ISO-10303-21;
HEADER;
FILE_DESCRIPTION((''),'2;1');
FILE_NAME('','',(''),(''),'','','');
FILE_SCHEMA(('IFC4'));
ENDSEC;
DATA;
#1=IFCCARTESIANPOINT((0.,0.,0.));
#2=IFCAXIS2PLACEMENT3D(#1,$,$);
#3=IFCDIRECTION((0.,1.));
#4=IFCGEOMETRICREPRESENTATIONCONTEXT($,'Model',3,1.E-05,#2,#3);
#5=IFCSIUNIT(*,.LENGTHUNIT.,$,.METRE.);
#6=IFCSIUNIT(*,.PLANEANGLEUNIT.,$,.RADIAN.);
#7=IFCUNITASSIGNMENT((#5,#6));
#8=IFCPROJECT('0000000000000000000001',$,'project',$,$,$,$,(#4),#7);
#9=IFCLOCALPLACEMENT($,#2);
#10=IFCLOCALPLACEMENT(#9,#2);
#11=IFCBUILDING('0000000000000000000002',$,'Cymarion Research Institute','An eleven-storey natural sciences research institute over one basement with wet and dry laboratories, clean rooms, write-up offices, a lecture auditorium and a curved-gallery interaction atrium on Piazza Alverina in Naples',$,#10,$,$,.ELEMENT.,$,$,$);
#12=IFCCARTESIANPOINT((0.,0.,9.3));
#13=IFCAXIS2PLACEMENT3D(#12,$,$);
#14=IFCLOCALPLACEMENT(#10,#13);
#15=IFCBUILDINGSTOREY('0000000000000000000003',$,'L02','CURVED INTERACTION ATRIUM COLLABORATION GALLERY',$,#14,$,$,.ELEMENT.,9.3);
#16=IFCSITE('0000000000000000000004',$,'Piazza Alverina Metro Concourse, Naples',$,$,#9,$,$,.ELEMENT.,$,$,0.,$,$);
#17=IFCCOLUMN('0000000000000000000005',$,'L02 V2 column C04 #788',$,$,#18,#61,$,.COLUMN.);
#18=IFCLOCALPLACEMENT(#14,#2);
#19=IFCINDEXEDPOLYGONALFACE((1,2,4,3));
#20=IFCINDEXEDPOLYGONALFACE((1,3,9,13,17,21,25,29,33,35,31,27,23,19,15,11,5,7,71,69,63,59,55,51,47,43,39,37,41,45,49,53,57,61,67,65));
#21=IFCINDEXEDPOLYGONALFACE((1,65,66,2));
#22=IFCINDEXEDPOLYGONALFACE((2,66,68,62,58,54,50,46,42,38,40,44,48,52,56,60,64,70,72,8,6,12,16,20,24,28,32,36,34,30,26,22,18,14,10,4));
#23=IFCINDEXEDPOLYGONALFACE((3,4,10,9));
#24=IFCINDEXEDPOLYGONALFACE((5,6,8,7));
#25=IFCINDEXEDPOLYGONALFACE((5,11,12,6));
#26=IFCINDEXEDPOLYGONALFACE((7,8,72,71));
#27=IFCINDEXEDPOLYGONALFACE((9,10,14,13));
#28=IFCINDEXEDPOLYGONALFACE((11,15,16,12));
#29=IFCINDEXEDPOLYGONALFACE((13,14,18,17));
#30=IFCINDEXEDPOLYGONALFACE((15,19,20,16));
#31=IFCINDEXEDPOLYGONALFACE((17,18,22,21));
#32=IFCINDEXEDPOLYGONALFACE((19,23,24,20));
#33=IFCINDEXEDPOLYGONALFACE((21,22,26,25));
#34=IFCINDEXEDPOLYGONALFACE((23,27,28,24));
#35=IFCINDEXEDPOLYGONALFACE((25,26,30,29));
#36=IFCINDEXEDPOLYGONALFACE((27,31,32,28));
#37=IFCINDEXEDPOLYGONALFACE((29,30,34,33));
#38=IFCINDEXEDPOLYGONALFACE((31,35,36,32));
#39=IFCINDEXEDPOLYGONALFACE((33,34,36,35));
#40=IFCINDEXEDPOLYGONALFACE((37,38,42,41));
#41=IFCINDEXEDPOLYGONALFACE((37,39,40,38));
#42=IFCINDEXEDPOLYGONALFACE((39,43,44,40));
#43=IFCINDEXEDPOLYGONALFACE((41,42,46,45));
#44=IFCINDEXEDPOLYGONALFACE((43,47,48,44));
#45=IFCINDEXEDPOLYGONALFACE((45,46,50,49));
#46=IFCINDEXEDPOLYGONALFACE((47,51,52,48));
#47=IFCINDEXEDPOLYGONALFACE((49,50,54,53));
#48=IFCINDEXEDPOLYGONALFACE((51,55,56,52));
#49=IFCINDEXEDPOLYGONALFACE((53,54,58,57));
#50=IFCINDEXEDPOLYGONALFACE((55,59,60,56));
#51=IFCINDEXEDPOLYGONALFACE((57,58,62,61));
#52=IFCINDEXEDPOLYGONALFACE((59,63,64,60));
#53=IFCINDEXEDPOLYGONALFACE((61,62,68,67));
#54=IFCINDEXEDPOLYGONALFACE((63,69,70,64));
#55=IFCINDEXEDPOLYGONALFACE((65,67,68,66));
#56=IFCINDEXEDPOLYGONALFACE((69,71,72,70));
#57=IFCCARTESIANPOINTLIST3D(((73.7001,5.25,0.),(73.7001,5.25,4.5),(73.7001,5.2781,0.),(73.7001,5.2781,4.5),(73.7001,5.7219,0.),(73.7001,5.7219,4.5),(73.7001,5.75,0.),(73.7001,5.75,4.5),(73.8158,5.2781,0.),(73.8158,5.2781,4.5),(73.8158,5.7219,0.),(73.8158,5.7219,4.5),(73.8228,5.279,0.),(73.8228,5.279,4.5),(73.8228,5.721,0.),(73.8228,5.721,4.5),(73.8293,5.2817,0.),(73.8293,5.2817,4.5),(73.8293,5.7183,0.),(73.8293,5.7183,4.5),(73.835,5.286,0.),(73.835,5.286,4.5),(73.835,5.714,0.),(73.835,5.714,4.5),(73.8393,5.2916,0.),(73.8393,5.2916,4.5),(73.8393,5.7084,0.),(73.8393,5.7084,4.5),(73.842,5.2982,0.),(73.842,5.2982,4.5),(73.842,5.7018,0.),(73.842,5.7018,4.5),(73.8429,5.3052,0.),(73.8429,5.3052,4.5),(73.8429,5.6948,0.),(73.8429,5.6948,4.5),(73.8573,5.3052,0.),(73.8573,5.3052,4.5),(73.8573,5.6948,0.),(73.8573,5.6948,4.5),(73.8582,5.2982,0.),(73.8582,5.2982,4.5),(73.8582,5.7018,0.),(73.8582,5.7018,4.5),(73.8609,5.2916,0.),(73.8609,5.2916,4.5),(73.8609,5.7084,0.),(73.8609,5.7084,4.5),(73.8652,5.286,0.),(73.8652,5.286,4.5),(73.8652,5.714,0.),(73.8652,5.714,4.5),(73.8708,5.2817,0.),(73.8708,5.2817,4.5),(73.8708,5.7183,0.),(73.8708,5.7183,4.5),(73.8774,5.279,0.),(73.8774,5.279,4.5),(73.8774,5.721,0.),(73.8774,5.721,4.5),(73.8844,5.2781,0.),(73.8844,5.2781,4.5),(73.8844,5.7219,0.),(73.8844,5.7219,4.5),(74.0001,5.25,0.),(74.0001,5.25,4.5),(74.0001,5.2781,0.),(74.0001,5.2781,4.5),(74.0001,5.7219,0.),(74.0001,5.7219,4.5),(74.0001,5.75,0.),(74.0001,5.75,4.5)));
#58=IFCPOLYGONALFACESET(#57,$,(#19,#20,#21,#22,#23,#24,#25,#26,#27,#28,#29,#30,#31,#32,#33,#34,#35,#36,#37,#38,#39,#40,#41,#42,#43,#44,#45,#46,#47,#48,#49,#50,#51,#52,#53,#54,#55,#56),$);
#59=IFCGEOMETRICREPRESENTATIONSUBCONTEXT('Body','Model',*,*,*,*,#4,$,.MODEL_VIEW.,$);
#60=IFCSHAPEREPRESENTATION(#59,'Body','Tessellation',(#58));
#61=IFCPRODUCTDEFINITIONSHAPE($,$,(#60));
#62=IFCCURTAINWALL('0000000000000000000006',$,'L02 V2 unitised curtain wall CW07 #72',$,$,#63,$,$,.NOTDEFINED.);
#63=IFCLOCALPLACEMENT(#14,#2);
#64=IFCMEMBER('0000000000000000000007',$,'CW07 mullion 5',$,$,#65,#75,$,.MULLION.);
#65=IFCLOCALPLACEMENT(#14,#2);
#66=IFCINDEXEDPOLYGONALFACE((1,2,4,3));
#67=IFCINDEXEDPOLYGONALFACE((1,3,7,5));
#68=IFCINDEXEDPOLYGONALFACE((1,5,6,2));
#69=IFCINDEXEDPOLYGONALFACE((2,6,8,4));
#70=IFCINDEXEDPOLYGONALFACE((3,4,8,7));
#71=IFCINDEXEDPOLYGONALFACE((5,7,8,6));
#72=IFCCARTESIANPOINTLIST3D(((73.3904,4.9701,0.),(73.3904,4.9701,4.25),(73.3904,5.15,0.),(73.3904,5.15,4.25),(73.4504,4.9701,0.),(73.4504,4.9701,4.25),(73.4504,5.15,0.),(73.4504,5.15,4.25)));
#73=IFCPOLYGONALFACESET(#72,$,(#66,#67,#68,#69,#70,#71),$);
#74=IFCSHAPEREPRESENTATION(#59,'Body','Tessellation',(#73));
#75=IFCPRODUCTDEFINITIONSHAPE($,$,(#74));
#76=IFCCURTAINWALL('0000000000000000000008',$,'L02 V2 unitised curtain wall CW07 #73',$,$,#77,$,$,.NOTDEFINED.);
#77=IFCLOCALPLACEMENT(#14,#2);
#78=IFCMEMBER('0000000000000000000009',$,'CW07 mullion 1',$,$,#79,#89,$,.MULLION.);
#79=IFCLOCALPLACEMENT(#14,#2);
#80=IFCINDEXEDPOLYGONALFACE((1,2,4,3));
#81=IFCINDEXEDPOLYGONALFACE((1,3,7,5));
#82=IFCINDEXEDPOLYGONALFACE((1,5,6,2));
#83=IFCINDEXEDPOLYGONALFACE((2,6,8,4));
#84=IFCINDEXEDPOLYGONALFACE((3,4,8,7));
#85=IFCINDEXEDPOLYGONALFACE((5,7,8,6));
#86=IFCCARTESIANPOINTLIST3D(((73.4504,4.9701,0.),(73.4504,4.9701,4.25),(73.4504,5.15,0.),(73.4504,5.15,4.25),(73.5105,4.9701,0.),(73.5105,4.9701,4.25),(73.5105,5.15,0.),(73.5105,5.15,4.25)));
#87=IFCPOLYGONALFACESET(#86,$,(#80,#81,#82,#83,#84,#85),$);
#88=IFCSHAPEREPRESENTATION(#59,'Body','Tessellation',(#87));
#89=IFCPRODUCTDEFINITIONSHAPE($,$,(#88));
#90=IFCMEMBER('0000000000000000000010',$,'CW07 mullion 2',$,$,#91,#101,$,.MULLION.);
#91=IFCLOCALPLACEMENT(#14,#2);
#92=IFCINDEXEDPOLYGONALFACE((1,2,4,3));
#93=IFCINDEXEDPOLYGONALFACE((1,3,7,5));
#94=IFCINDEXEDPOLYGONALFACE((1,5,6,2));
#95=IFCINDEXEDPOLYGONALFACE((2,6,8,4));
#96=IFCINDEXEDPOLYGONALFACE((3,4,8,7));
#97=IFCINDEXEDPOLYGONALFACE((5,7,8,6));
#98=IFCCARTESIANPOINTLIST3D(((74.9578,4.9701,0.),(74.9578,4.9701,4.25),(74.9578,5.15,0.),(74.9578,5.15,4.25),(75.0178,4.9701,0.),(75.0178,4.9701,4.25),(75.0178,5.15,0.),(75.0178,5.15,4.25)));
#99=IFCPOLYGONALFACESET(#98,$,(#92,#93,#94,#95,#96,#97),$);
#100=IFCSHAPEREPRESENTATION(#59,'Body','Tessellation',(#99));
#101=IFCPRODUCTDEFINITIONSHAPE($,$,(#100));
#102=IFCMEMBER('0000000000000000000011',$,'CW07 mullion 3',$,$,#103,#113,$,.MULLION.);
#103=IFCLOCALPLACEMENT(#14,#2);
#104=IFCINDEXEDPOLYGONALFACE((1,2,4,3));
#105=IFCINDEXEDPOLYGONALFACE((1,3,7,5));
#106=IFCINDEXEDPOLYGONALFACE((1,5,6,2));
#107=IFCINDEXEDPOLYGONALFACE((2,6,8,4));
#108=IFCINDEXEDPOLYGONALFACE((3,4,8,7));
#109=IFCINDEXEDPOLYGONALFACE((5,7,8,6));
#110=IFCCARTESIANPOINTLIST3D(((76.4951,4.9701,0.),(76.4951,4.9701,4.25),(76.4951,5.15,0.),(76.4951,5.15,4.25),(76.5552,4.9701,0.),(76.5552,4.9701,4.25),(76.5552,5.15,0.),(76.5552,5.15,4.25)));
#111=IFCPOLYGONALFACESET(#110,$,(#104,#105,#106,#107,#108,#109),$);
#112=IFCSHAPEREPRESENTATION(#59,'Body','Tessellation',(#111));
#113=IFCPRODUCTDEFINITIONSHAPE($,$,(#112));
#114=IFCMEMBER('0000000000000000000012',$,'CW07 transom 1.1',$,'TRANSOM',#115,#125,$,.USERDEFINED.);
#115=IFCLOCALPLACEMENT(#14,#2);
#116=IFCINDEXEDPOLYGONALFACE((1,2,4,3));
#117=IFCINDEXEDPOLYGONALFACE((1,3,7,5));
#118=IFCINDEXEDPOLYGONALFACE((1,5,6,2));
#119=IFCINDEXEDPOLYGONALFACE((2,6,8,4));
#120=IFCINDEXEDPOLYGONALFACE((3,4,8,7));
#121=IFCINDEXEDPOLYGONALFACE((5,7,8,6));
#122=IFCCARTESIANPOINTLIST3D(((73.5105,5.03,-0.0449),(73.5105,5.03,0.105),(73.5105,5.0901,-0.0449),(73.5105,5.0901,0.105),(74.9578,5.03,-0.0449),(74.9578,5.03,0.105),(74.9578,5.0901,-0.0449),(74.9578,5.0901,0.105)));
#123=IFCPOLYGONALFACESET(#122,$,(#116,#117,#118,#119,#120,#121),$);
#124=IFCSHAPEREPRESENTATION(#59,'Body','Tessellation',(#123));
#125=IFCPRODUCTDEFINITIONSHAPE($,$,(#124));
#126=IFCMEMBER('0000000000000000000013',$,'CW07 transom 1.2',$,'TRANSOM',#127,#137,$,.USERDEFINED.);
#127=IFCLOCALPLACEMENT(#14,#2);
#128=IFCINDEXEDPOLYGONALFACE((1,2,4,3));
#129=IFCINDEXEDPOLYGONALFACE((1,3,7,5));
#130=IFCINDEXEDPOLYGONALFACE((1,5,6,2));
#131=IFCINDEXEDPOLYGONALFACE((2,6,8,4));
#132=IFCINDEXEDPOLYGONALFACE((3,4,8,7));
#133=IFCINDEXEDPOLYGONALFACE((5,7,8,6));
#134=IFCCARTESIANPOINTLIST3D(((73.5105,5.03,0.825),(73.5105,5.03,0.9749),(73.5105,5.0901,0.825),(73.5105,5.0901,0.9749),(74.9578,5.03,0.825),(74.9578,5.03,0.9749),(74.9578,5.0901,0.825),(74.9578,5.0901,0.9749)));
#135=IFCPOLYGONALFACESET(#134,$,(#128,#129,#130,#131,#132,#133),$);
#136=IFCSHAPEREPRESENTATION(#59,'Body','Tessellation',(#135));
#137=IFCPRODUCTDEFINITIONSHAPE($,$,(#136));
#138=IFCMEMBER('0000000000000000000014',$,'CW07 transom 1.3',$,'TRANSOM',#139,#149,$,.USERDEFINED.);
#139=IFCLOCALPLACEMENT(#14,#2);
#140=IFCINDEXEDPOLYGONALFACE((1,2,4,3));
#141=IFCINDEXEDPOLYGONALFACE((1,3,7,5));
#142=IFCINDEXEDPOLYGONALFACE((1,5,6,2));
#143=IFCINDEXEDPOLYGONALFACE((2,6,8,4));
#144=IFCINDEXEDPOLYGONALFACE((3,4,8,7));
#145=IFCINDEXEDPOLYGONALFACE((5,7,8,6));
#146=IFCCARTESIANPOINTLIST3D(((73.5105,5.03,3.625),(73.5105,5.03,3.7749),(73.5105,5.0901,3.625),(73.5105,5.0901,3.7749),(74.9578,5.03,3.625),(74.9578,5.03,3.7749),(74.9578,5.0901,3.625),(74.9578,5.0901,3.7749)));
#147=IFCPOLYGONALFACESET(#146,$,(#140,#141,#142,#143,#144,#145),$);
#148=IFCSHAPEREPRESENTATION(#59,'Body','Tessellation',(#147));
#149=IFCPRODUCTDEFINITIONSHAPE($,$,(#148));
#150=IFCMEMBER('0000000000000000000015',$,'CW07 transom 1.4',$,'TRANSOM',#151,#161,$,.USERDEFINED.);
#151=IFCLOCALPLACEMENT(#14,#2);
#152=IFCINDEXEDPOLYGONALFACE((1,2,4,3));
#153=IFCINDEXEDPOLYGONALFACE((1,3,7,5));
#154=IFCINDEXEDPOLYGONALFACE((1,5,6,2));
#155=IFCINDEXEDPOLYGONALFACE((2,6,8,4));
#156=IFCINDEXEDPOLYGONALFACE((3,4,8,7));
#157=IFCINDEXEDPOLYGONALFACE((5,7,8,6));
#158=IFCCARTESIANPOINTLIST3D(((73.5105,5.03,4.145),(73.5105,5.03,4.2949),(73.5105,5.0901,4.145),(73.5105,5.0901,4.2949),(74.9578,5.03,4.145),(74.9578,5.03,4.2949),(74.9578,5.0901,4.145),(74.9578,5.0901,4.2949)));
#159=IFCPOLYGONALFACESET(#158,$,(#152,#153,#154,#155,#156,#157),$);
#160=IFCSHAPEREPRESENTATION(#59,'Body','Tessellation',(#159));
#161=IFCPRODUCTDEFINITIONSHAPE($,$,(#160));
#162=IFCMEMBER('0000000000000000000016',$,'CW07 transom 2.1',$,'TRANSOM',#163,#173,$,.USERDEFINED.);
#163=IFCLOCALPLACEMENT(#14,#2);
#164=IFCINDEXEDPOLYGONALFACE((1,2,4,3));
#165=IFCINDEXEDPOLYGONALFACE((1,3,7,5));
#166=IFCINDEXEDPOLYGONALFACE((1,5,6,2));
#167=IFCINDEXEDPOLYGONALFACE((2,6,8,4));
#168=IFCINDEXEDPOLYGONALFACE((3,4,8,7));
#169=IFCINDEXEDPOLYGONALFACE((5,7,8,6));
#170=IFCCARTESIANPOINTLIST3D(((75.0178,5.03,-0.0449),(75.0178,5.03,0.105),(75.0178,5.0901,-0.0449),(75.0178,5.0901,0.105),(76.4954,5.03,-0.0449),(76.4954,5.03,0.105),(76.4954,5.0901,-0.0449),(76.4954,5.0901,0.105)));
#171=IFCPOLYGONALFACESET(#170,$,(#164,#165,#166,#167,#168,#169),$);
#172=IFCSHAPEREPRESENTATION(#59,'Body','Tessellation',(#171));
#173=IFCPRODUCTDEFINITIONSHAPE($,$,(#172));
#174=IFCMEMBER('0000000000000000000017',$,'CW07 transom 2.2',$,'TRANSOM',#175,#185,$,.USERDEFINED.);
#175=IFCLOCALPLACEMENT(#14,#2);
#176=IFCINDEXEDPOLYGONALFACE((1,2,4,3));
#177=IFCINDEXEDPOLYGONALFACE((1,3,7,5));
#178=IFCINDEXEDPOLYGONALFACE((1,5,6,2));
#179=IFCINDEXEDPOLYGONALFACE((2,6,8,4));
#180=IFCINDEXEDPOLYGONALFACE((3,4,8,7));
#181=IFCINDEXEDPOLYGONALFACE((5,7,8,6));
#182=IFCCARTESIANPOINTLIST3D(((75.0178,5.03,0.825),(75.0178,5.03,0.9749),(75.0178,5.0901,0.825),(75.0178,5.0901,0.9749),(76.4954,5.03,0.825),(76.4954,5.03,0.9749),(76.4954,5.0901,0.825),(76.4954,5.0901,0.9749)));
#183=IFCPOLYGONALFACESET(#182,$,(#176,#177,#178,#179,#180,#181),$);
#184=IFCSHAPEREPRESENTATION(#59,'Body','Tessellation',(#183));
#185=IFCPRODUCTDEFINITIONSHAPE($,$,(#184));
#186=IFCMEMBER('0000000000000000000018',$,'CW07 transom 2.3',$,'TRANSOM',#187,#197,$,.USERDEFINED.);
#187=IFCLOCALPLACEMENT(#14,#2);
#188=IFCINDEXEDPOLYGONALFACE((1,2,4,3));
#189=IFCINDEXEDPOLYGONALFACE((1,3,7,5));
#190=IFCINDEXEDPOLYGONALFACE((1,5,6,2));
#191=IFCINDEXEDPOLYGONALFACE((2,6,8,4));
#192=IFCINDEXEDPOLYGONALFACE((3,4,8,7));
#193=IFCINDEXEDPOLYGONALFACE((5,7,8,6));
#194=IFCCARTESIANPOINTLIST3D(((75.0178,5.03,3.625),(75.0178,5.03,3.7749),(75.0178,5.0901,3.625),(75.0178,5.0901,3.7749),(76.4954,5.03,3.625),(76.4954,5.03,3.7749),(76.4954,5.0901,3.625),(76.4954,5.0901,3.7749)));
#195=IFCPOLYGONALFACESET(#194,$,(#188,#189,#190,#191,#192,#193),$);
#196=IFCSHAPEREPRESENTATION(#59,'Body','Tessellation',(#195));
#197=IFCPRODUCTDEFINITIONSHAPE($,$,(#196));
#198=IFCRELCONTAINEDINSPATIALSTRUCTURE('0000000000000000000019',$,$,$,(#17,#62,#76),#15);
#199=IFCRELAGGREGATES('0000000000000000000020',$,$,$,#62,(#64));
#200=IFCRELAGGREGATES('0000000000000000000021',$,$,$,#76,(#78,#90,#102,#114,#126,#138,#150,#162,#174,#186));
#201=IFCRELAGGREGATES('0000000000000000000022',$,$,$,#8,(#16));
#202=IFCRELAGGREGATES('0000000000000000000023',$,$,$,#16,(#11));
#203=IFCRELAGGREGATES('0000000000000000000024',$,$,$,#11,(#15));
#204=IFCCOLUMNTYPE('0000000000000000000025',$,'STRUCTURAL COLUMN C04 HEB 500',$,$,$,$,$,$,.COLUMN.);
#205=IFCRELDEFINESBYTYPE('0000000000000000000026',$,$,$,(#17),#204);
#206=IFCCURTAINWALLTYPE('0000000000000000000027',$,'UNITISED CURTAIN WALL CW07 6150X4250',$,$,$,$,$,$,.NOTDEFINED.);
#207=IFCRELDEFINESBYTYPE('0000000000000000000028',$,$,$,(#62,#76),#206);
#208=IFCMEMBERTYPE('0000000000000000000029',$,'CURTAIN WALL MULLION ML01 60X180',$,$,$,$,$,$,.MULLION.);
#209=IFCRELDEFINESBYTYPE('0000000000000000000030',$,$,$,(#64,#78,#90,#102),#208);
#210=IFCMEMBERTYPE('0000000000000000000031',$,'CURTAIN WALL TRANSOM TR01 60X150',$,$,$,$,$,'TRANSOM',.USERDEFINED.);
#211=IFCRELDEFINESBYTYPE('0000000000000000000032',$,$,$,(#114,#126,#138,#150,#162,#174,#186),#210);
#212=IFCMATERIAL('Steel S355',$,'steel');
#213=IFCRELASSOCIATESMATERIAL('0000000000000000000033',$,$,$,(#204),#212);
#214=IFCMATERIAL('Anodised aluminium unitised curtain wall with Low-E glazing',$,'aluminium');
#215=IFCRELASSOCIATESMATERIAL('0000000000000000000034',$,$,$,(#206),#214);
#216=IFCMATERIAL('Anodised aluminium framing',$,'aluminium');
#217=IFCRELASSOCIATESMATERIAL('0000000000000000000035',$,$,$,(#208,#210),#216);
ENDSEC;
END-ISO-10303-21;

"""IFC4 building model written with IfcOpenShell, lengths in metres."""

from ifc_helpers import new_model, si_unit, direction, frame, origin, origin_2d, place, context, subcontext, project, spatial, rectangle, i_section, extrude, material, material_profile, profile_set, type_object, element, aggregate, save


model = new_model("IFC4")

# Units and contexts
model_context = context("Model", 3, precision=1e-05, world=origin(), true_north=direction((0.0, 1.0)))
body_context = subcontext(model_context, "Body", "Model", "MODEL_VIEW")
ifc_project = project(units=[si_unit("LENGTHUNIT", "METRE"), si_unit("PLANEANGLEUNIT", "RADIAN")], contexts=[model_context])

# Site, building, storey
site_placement = place(None, origin())
site = spatial("IfcSite", under=ifc_project, at=site_placement, Name="Piazza Alverina Metro Concourse, Naples", CompositionType="ELEMENT", RefElevation=0.0)
building_placement = place(site_placement, origin())
building = spatial("IfcBuilding", under=site, at=building_placement, Name="Cymarion Research Institute", Description="An eleven-storey natural sciences research institute over one basement with wet and dry laboratories, clean rooms, write-up offices, a lecture auditorium and a curved-gallery interaction atrium on Piazza Alverina in Naples", CompositionType="ELEMENT")
storey_placement = place(building_placement, frame((0.0, 0.0, 9.3)))
storey = spatial("IfcBuildingStorey", under=building, at=storey_placement, Name="L02", Description="CURVED INTERACTION ATRIUM COLLABORATION GALLERY", CompositionType="ELEMENT", Elevation=9.3)

# Column
ifc_material_1 = material(Name="Steel S355", Category="steel")
ifc_material_profile_1 = material_profile(ifc_material_1, i_section(OverallWidth=0.3, OverallDepth=0.5, WebThickness=0.0144, FlangeThickness=0.0281, FilletRadius=0.0271, at=origin_2d()), Name="HEB 500")
ifc_profile_set_1 = profile_set([ifc_material_profile_1], Name="Steel S355")
column_type = type_object("IfcColumnType", Name="STRUCTURAL COLUMN C04 HEB 500", PredefinedType="COLUMN", material=ifc_profile_set_1)
column_placement = place(storey_placement, frame((73.8501, 5.5, 0.0), z_axis=(0.0, 0.0, 1.0), x_axis=(1.0, 0.0, 0.0)))
element("IfcColumn", 1, at=column_placement, inside=storey, type_object=column_type, Name="L02 V2 column C04 #788", PredefinedType="COLUMN", context=body_context, shape_type="SweptSolid", body=[
    extrude(i_section(OverallWidth=0.3, OverallDepth=0.5, WebThickness=0.0144, FlangeThickness=0.0281, FilletRadius=0.0271, at=origin_2d()), origin(), (0.0, 0.0, 1.0), 4.5),
])

# Curtain wall, member
ifc_material_2 = material(Name="Anodised aluminium unitised curtain wall with Low-E glazing", Category="aluminium")
curtain_wall_type = type_object("IfcCurtainWallType", Name="UNITISED CURTAIN WALL CW07 6150X4250", PredefinedType="NOTDEFINED", material=ifc_material_2)
curtain_wall_1_placement = place(storey_placement, origin())
curtain_wall_1 = element("IfcCurtainWall", 2, at=curtain_wall_1_placement, inside=storey, type_object=curtain_wall_type, Name="L02 V2 unitised curtain wall CW07 #72", PredefinedType="NOTDEFINED")
ifc_material_3 = material(Name="Anodised aluminium framing", Category="aluminium")
ifc_material_profile_2 = material_profile(ifc_material_3, rectangle(XDim=0.0601, YDim=0.1799, at=origin_2d()), Name="ALU MULLION 60x180")
ifc_profile_set_2 = profile_set([ifc_material_profile_2], Name="Anodised aluminium framing")
member_type_1 = type_object("IfcMemberType", Name="CURTAIN WALL MULLION ML01 60X180", PredefinedType="MULLION", material=ifc_profile_set_2)
member_1_placement = place(storey_placement, frame((73.4204, 5.0601, 0.0), z_axis=(0.0, 0.0, 1.0), x_axis=(1.0, 0.0, 0.0)))
member_1 = element("IfcMember", 3, at=member_1_placement, type_object=member_type_1, Name="CW07 mullion 5", PredefinedType="MULLION", context=body_context, shape_type="SweptSolid", body=[
    extrude(rectangle(XDim=0.0601, YDim=0.1799, at=origin_2d()), origin(), (0.0, 0.0, 1.0), 4.25),
])

# Curtain wall, members
curtain_wall_2_placement = place(storey_placement, origin())
curtain_wall_2 = element("IfcCurtainWall", 4, at=curtain_wall_2_placement, inside=storey, type_object=curtain_wall_type, Name="L02 V2 unitised curtain wall CW07 #73", PredefinedType="NOTDEFINED")
member_2_placement = place(storey_placement, frame((73.4805, 5.0601, 0.0), z_axis=(0.0, 0.0, 1.0), x_axis=(1.0, 0.0, 0.0)))
member_2 = element("IfcMember", 5, at=member_2_placement, type_object=member_type_1, Name="CW07 mullion 1", PredefinedType="MULLION", context=body_context, shape_type="SweptSolid", body=[
    extrude(rectangle(XDim=0.0601, YDim=0.1799, at=origin_2d()), origin(), (0.0, 0.0, 1.0), 4.25),
])
member_3_placement = place(storey_placement, frame((74.9878, 5.0601, 0.0), z_axis=(0.0, 0.0, 1.0), x_axis=(1.0, 0.0, 0.0)))
member_3 = element("IfcMember", 6, at=member_3_placement, type_object=member_type_1, Name="CW07 mullion 2", PredefinedType="MULLION", context=body_context, shape_type="SweptSolid", body=[
    extrude(rectangle(XDim=0.0601, YDim=0.1799, at=origin_2d()), origin(), (0.0, 0.0, 1.0), 4.25),
])
member_4_placement = place(storey_placement, frame((76.5251, 5.0601, 0.0), z_axis=(0.0, 0.0, 1.0), x_axis=(1.0, 0.0, 0.0)))
member_4 = element("IfcMember", 7, at=member_4_placement, type_object=member_type_1, Name="CW07 mullion 3", PredefinedType="MULLION", context=body_context, shape_type="SweptSolid", body=[
    extrude(rectangle(XDim=0.0601, YDim=0.1799, at=origin_2d()), origin(), (0.0, 0.0, 1.0), 4.25),
])
ifc_material_profile_3 = material_profile(ifc_material_3, rectangle(XDim=0.0601, YDim=0.1499, at=origin_2d()), Name="ALU TRANSOM 60x150")
ifc_profile_set_3 = profile_set([ifc_material_profile_3], Name="Anodised aluminium framing")
member_type_2 = type_object("IfcMemberType", Name="CURTAIN WALL TRANSOM TR01 60X150", ElementType="TRANSOM", PredefinedType="USERDEFINED", material=ifc_profile_set_3)
member_5_placement = place(storey_placement, frame((73.5105, 5.0601, 0.03), z_axis=(1.0, 0.0, 0.0), x_axis=(0.0, 1.0, 0.0)))
member_5 = element("IfcMember", 8, at=member_5_placement, type_object=member_type_2, Name="CW07 transom 1.1", ObjectType="TRANSOM", PredefinedType="USERDEFINED", context=body_context, shape_type="SweptSolid", body=[
    extrude(rectangle(XDim=0.0601, YDim=0.1499, at=origin_2d()), origin(), (0.0, 0.0, 1.0), 1.4473),
])
member_6_placement = place(storey_placement, frame((73.5105, 5.0601, 0.8999), z_axis=(1.0, 0.0, 0.0), x_axis=(0.0, 1.0, 0.0)))
member_6 = element("IfcMember", 9, at=member_6_placement, type_object=member_type_2, Name="CW07 transom 1.2", ObjectType="TRANSOM", PredefinedType="USERDEFINED", context=body_context, shape_type="SweptSolid", body=[
    extrude(rectangle(XDim=0.0601, YDim=0.1499, at=origin_2d()), origin(), (0.0, 0.0, 1.0), 1.4473),
])
member_7_placement = place(storey_placement, frame((73.5105, 5.0601, 3.7), z_axis=(1.0, 0.0, 0.0), x_axis=(0.0, 1.0, 0.0)))
member_7 = element("IfcMember", 10, at=member_7_placement, type_object=member_type_2, Name="CW07 transom 1.3", ObjectType="TRANSOM", PredefinedType="USERDEFINED", context=body_context, shape_type="SweptSolid", body=[
    extrude(rectangle(XDim=0.0601, YDim=0.1499, at=origin_2d()), origin(), (0.0, 0.0, 1.0), 1.4473),
])
member_8_placement = place(storey_placement, frame((73.5105, 5.0601, 4.22), z_axis=(1.0, 0.0, 0.0), x_axis=(0.0, 1.0, 0.0)))
member_8 = element("IfcMember", 11, at=member_8_placement, type_object=member_type_2, Name="CW07 transom 1.4", ObjectType="TRANSOM", PredefinedType="USERDEFINED", context=body_context, shape_type="SweptSolid", body=[
    extrude(rectangle(XDim=0.0601, YDim=0.1499, at=origin_2d()), origin(), (0.0, 0.0, 1.0), 1.4473),
])
member_9_placement = place(storey_placement, frame((75.0178, 5.0601, 0.03), z_axis=(1.0, 0.0, 0.0), x_axis=(0.0, 1.0, 0.0)))
member_9 = element("IfcMember", 12, at=member_9_placement, type_object=member_type_2, Name="CW07 transom 2.1", ObjectType="TRANSOM", PredefinedType="USERDEFINED", context=body_context, shape_type="SweptSolid", body=[
    extrude(rectangle(XDim=0.0601, YDim=0.1499, at=origin_2d()), origin(), (0.0, 0.0, 1.0), 1.4775),
])
member_10_placement = place(storey_placement, frame((75.0178, 5.0601, 0.8999), z_axis=(1.0, 0.0, 0.0), x_axis=(0.0, 1.0, 0.0)))
member_10 = element("IfcMember", 13, at=member_10_placement, type_object=member_type_2, Name="CW07 transom 2.2", ObjectType="TRANSOM", PredefinedType="USERDEFINED", context=body_context, shape_type="SweptSolid", body=[
    extrude(rectangle(XDim=0.0601, YDim=0.1499, at=origin_2d()), origin(), (0.0, 0.0, 1.0), 1.4775),
])
member_11_placement = place(storey_placement, frame((75.0178, 5.0601, 3.7), z_axis=(1.0, 0.0, 0.0), x_axis=(0.0, 1.0, 0.0)))
member_11 = element("IfcMember", 14, at=member_11_placement, type_object=member_type_2, Name="CW07 transom 2.3", ObjectType="TRANSOM", PredefinedType="USERDEFINED", context=body_context, shape_type="SweptSolid", body=[
    extrude(rectangle(XDim=0.0601, YDim=0.1499, at=origin_2d()), origin(), (0.0, 0.0, 1.0), 1.4775),
])

aggregate(curtain_wall_1, [member_1])
aggregate(curtain_wall_2, [member_2, member_3, member_4, member_5, member_6, member_7, member_8, member_9, member_10, member_11])

save(model, "model.ifc")
